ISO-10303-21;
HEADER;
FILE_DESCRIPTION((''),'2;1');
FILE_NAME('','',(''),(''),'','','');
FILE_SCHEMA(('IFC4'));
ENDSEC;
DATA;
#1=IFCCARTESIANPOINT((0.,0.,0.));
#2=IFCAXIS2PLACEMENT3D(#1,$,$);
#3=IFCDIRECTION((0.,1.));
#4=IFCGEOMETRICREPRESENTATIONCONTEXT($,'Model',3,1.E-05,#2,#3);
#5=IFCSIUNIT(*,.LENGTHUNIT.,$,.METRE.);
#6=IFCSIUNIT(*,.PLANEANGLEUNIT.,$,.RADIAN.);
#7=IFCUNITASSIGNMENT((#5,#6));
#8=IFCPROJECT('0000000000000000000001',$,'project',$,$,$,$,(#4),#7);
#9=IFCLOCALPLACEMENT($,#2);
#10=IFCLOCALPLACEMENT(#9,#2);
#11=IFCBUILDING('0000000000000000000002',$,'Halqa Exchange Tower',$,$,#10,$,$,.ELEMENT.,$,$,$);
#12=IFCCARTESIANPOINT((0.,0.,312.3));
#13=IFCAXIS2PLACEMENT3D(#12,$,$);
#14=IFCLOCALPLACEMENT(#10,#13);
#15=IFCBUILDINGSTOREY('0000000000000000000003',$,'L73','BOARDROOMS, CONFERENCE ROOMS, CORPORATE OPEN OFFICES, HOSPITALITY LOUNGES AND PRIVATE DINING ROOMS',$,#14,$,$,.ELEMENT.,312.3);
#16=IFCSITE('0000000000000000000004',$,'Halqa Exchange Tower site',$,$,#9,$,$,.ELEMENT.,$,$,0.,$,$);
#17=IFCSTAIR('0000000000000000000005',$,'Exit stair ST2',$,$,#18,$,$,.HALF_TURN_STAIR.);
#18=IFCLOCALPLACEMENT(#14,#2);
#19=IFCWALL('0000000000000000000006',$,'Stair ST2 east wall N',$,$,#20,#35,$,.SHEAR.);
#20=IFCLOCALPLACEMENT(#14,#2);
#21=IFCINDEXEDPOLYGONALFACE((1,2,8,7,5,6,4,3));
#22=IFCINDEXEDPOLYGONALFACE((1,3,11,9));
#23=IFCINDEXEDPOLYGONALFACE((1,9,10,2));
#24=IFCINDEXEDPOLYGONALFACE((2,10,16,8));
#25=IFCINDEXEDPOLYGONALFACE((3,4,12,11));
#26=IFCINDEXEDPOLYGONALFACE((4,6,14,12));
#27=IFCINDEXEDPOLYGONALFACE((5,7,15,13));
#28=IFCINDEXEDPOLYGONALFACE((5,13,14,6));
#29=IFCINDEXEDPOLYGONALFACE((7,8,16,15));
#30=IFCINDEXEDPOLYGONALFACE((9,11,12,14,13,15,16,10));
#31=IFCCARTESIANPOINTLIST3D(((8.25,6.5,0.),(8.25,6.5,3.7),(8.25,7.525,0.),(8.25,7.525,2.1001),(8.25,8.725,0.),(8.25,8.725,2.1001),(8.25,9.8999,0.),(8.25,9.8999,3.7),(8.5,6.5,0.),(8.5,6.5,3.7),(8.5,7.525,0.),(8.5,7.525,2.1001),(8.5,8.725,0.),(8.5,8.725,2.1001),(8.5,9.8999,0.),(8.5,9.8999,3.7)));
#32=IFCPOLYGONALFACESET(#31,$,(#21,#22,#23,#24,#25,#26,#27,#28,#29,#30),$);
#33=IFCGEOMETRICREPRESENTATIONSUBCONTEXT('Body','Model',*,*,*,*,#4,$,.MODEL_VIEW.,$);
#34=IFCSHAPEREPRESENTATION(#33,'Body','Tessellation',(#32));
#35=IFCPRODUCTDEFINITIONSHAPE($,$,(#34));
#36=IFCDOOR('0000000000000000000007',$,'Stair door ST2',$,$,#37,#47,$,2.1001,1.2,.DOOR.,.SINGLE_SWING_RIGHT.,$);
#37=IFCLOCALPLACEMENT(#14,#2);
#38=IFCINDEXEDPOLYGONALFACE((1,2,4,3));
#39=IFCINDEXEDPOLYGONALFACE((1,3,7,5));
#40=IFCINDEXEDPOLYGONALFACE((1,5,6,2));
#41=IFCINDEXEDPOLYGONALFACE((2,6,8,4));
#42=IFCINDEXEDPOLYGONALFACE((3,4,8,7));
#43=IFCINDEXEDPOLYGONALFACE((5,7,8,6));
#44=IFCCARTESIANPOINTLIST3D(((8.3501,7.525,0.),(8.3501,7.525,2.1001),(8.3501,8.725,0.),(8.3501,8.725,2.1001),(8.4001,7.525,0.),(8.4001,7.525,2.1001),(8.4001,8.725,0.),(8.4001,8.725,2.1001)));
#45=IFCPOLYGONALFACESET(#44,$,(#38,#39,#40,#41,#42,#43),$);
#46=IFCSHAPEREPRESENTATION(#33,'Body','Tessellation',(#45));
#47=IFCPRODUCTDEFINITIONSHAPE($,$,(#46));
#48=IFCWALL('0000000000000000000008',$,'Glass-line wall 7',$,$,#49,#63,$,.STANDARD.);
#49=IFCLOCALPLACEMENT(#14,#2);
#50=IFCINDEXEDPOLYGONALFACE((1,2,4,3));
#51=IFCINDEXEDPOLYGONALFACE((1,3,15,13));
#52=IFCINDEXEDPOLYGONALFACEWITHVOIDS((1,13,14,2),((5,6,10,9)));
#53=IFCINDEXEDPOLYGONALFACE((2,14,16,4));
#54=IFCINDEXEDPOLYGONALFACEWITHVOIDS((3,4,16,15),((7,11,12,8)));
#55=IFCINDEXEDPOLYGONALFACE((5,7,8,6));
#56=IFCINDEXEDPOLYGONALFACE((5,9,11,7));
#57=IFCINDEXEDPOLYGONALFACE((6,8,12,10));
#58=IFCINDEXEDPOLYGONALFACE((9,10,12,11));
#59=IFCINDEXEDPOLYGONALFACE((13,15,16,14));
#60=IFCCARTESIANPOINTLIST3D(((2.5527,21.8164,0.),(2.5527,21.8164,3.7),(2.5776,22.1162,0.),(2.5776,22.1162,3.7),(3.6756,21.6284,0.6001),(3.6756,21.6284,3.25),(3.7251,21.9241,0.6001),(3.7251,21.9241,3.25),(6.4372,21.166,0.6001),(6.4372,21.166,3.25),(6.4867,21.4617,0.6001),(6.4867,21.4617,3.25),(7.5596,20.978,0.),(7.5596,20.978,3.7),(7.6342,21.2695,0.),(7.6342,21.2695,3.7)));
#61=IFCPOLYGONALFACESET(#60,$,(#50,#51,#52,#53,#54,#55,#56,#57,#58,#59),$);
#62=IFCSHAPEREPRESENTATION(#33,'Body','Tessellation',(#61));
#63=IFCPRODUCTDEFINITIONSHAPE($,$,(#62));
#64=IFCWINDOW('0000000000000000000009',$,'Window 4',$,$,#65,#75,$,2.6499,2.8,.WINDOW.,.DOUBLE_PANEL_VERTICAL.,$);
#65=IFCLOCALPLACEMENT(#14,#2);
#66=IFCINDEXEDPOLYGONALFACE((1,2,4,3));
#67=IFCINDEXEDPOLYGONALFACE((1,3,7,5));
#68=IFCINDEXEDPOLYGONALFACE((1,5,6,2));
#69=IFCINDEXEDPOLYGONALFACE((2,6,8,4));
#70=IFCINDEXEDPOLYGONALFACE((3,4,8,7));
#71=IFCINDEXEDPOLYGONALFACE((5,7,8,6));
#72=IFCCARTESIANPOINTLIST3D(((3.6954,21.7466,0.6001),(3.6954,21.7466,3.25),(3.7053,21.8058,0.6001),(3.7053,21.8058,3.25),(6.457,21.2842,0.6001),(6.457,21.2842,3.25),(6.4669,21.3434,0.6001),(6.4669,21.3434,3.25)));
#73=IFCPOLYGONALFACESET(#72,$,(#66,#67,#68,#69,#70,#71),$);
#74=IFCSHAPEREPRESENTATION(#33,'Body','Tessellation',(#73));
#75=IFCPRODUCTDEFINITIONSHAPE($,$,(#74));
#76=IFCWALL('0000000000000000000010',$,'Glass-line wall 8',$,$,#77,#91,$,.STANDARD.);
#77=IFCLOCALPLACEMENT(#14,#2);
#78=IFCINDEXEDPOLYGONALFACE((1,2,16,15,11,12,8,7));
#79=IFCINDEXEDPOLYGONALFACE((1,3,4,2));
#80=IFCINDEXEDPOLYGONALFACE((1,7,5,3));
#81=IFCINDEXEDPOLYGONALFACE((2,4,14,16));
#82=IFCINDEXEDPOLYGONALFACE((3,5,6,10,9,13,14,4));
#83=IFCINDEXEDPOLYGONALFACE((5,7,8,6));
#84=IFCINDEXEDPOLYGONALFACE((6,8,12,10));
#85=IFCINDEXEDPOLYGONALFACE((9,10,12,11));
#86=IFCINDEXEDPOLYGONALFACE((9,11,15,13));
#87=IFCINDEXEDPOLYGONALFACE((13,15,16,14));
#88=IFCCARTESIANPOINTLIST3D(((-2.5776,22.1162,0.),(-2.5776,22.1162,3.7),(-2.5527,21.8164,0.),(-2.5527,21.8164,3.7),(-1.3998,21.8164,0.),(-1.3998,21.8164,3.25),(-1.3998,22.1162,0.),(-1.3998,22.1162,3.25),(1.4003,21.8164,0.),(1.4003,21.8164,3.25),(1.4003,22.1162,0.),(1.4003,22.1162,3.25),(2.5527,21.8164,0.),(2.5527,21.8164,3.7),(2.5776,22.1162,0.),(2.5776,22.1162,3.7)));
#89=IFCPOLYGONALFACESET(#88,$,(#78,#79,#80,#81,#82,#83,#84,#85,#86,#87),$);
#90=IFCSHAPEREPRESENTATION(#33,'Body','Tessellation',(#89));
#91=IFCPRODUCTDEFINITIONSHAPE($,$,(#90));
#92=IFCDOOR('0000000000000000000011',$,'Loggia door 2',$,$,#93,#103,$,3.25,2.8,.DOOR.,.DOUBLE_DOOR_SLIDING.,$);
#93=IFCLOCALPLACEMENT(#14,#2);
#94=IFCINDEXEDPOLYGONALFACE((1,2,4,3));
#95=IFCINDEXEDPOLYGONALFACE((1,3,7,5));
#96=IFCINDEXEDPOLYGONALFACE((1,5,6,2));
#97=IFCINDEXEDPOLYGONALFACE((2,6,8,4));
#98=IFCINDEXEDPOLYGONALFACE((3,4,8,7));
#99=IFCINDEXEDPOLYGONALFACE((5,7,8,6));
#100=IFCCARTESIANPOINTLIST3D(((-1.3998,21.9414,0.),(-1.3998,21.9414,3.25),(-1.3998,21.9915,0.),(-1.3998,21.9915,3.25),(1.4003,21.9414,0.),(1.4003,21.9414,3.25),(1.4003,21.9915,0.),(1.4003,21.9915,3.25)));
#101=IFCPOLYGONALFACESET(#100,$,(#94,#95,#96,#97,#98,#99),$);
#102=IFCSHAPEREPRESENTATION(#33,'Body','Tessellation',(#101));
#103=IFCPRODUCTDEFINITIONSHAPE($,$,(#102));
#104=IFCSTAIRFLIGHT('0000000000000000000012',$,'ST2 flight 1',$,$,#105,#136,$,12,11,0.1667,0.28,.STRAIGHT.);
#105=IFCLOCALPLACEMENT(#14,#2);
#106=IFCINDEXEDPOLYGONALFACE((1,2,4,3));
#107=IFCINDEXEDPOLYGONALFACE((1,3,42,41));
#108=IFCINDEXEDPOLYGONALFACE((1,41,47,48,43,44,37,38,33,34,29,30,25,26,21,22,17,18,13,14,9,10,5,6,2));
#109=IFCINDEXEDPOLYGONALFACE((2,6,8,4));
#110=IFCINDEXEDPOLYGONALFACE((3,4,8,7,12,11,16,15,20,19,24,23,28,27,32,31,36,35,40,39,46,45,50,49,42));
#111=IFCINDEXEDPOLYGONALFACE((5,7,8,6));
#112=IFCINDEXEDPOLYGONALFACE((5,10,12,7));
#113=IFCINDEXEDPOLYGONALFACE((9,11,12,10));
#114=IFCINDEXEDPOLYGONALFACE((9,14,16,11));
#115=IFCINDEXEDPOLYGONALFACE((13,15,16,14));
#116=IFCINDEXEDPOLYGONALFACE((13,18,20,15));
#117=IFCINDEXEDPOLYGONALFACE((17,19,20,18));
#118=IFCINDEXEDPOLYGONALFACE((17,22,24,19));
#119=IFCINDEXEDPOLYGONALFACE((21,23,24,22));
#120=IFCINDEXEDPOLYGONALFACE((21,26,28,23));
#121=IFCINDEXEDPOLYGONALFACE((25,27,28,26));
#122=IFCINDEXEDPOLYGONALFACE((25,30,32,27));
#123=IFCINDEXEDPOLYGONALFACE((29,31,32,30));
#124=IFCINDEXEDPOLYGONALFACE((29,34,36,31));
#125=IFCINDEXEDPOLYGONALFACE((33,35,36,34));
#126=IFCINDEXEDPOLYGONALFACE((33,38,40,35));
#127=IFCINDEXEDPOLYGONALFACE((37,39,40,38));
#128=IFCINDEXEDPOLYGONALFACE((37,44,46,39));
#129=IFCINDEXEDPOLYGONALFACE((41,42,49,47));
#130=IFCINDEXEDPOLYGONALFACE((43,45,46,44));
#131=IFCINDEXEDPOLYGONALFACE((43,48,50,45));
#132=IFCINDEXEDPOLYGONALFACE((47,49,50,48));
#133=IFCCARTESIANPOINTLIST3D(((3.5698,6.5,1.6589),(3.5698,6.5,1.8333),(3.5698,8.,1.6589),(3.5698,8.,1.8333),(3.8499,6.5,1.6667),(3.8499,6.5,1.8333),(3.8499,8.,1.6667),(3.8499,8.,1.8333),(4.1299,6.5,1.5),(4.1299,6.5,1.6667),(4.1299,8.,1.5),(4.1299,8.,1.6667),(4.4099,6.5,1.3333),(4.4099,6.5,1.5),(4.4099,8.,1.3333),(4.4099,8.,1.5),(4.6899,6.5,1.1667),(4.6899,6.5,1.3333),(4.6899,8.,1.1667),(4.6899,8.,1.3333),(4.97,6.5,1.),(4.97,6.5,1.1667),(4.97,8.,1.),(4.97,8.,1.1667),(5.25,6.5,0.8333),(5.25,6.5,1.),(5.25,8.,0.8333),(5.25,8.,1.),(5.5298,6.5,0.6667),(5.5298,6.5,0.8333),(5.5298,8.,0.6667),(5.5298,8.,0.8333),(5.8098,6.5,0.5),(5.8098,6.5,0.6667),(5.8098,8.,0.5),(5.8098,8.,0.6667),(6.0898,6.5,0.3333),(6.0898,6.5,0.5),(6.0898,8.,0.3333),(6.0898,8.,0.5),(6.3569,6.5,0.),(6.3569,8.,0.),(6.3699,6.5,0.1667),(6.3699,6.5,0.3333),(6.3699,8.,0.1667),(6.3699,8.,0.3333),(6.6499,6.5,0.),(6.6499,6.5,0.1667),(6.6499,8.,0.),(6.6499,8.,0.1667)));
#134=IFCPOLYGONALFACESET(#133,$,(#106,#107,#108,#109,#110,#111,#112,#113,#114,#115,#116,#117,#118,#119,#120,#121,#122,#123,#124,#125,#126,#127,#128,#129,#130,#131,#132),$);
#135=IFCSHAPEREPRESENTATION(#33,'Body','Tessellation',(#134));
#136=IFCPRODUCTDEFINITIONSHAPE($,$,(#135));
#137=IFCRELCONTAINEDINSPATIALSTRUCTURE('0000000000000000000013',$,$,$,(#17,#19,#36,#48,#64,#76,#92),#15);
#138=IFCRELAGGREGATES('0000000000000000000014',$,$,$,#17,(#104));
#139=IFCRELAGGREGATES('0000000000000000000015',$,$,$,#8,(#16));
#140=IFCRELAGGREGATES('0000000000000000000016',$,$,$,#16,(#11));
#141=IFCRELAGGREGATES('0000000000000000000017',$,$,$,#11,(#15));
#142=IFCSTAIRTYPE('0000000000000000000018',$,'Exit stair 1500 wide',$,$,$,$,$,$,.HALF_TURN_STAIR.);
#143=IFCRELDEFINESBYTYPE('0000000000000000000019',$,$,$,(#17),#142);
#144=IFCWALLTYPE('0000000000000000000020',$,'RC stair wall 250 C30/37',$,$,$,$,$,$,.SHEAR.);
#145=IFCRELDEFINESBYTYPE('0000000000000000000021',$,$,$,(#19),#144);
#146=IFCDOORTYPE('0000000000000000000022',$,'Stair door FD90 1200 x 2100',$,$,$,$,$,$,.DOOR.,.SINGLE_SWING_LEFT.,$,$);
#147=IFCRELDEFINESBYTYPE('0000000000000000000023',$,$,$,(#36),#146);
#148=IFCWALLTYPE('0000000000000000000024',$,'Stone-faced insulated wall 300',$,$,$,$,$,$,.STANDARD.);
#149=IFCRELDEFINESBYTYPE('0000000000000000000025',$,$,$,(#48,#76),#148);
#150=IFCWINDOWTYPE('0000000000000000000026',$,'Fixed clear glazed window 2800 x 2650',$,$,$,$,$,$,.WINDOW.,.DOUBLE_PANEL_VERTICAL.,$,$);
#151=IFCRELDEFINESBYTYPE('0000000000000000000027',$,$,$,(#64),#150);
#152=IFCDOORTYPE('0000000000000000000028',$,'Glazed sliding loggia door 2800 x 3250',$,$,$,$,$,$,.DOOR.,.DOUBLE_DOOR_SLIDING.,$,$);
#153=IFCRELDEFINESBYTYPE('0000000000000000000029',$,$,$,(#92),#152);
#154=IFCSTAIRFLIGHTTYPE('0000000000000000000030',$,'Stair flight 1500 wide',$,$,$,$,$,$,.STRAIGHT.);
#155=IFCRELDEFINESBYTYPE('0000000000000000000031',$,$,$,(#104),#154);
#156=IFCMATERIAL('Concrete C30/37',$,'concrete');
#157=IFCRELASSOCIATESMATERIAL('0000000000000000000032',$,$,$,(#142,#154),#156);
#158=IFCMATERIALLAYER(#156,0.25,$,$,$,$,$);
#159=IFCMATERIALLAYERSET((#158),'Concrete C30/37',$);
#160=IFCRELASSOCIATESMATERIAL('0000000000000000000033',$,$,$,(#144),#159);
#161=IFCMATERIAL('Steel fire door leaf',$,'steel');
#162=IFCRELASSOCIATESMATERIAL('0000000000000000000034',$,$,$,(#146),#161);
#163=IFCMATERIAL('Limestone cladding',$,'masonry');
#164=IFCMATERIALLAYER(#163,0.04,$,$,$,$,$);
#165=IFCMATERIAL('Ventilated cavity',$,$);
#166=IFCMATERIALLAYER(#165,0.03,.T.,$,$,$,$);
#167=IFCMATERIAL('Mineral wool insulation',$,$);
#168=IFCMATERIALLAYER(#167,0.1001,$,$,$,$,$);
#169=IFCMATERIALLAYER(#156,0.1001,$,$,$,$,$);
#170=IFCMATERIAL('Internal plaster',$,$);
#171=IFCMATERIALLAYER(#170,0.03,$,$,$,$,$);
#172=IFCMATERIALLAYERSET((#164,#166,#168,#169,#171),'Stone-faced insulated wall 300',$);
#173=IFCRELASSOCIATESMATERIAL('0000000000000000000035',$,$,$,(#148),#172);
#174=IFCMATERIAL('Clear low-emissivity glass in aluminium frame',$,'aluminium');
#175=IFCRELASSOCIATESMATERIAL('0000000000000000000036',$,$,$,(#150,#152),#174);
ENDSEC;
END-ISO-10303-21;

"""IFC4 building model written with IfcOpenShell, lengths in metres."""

from ifc_helpers import new_model, si_unit, direction, frame, frame_2d, origin, place, context, subcontext, project, spatial, polyline, rectangle, outline, extrude, material, layer, layer_set, type_object, element, fill, aggregate, save


model = new_model("IFC4")

# Units and contexts
model_context = context("Model", 3, precision=1e-05, world=origin(), true_north=direction((0.0, 1.0)))
body_context = subcontext(model_context, "Body", "Model", "MODEL_VIEW")
ifc_project = project(units=[si_unit("LENGTHUNIT", "METRE"), si_unit("PLANEANGLEUNIT", "RADIAN")], contexts=[model_context])

# Site, building, storey
site_placement = place(None, origin())
site = spatial("IfcSite", under=ifc_project, at=site_placement, Name="Halqa Exchange Tower site", CompositionType="ELEMENT", RefElevation=0.0)
building_placement = place(site_placement, origin())
building = spatial("IfcBuilding", under=site, at=building_placement, Name="Halqa Exchange Tower", CompositionType="ELEMENT")
storey_placement = place(building_placement, frame((0.0, 0.0, 312.3)))
storey = spatial("IfcBuildingStorey", under=building, at=storey_placement, Name="L73", Description="BOARDROOMS, CONFERENCE ROOMS, CORPORATE OPEN OFFICES, HOSPITALITY LOUNGES AND PRIVATE DINING ROOMS", CompositionType="ELEMENT", Elevation=312.3)

# Stair
ifc_material_1 = material(Name="Concrete C30/37", Category="concrete")
stair_type = type_object("IfcStairType", Name="Exit stair 1500 wide", PredefinedType="HALF_TURN_STAIR", material=ifc_material_1)
stair_1_placement = place(storey_placement, origin())
stair_1 = element("IfcStair", 1, at=stair_1_placement, inside=storey, type_object=stair_type, Name="Exit stair ST2", PredefinedType="HALF_TURN_STAIR")

# Shared definitions
ifc_layer_1 = layer(ifc_material_1, 0.25)
ifc_layer_set_1 = layer_set([ifc_layer_1], Name="Concrete C30/37")
wall_type_1 = type_object("IfcWallType", Name="RC stair wall 250 C30/37", PredefinedType="SHEAR", material=ifc_layer_set_1)

# Wall, opening, door
wall_1_placement = place(storey_placement, frame((8.375, 6.5, 0.0), z_axis=(0.0, 0.0, 1.0), x_axis=(0.0, 1.0, 0.0)))
wall_1 = element("IfcWall", 2, at=wall_1_placement, inside=storey, type_object=wall_type_1, Name="Stair ST2 east wall N", PredefinedType="SHEAR", context=body_context, shape_type="SweptSolid", body=[
    extrude(rectangle(XDim=3.3999, YDim=0.25, at=frame_2d((1.7, 0.0))), origin(), (0.0, 0.0, 1.0), 3.7),
])
opening_1_placement = place(wall_1_placement, frame((1.0249, 0.0, 0.0)))
opening_1 = element("IfcOpeningElement", 3, at=opening_1_placement, cuts=wall_1, PredefinedType="OPENING", context=body_context, shape_type="SweptSolid", body=[
    extrude(rectangle(XDim=1.2, YDim=2.1001, at=frame_2d((0.6001, 1.05))), frame((0.0, 0.137, 0.0), z_axis=(0.0, -1.0, 0.0), x_axis=(1.0, 0.0, 0.0)), (0.0, 0.0, 1.0), 0.2739),
])
ifc_material_2 = material(Name="Steel fire door leaf", Category="steel")
door_type_1 = type_object("IfcDoorType", Name="Stair door FD90 1200 x 2100", OperationType="SINGLE_SWING_LEFT", PredefinedType="DOOR", material=ifc_material_2)
door_1_placement = place(opening_1_placement, origin())
door_1 = element("IfcDoor", 4, at=door_1_placement, inside=storey, type_object=door_type_1, Name="Stair door ST2", OperationType="SINGLE_SWING_RIGHT", OverallHeight=2.1001, OverallWidth=1.2, PredefinedType="DOOR", context=body_context, shape_type="SweptSolid", body=[
    extrude(rectangle(XDim=1.2, YDim=2.1001, at=frame_2d((0.6001, 1.05))), frame((0.0, 0.0249, 0.0), z_axis=(0.0, -1.0, 0.0), x_axis=(1.0, 0.0, 0.0)), (0.0, 0.0, 1.0), 0.05),
])
fill(opening_1, door_1)

# Wall, opening, window
ifc_material_3 = material(Name="Limestone cladding", Category="masonry")
ifc_layer_2 = layer(ifc_material_3, 0.04)
ifc_material_4 = material(Name="Ventilated cavity")
ifc_layer_3 = layer(ifc_material_4, 0.03, ventilated=True)
ifc_material_5 = material(Name="Mineral wool insulation")
ifc_layer_4 = layer(ifc_material_5, 0.1001)
ifc_layer_5 = layer(ifc_material_1, 0.1001)
ifc_material_6 = material(Name="Internal plaster")
ifc_layer_6 = layer(ifc_material_6, 0.03)
ifc_layer_set_2 = layer_set([ifc_layer_2, ifc_layer_3, ifc_layer_4, ifc_layer_5, ifc_layer_6], Name="Stone-faced insulated wall 300")
wall_type_2 = type_object("IfcWallType", Name="Stone-faced insulated wall 300", PredefinedType="STANDARD", material=ifc_layer_set_2)
wall_2_placement = place(storey_placement, frame((7.5969, 21.1238, 0.0), z_axis=(0.0, 0.0, 1.0), x_axis=(-0.986269, 0.165144, 0.0)))
wall_2 = element("IfcWall", 5, at=wall_2_placement, inside=storey, type_object=wall_type_2, Name="Glass-line wall 7", PredefinedType="STANDARD", context=body_context, shape_type="SweptSolid", body=[
    extrude(outline(polyline([(-0.0127, -0.1499), (5.1143, -0.1499), (5.0894, 0.1499), (0.0127, 0.1499), (-0.0127, -0.1499)])), origin(), (0.0, 0.0, 1.0), 3.7),
])
opening_2_placement = place(wall_2_placement, frame((1.1509, 0.0, 0.6001)))
opening_2 = element("IfcOpeningElement", 6, at=opening_2_placement, cuts=wall_2, PredefinedType="OPENING", context=body_context, shape_type="SweptSolid", body=[
    extrude(rectangle(XDim=2.8, YDim=2.6499, at=frame_2d((1.3999, 1.325))), frame((0.0, 0.1621, 0.0), z_axis=(0.0, -1.0, 0.0), x_axis=(1.0, 0.0, 0.0)), (0.0, 0.0, 1.0), 0.324),
])
ifc_material_7 = material(Name="Clear low-emissivity glass in aluminium frame", Category="aluminium")
window_type = type_object("IfcWindowType", Name="Fixed clear glazed window 2800 x 2650", PartitioningType="DOUBLE_PANEL_VERTICAL", PredefinedType="WINDOW", material=ifc_material_7)
window_placement = place(opening_2_placement, origin())
window = element("IfcWindow", 7, at=window_placement, inside=storey, type_object=window_type, Name="Window 4", OverallHeight=2.6499, OverallWidth=2.8, PartitioningType="DOUBLE_PANEL_VERTICAL", PredefinedType="WINDOW", context=body_context, shape_type="SweptSolid", body=[
    extrude(rectangle(XDim=2.8, YDim=2.6499, at=frame_2d((1.3999, 1.325))), frame((0.0, 0.03, 0.0), z_axis=(0.0, -1.0, 0.0), x_axis=(1.0, 0.0, 0.0)), (0.0, 0.0, 1.0), 0.0601),
])
fill(opening_2, window)

# Wall, opening, door
wall_3_placement = place(storey_placement, frame((2.5652, 21.9663, 0.0), z_axis=(0.0, 0.0, 1.0), x_axis=(-1.0, 0.0, 0.0)))
wall_3 = element("IfcWall", 8, at=wall_3_placement, inside=storey, type_object=wall_type_2, Name="Glass-line wall 8", PredefinedType="STANDARD", context=body_context, shape_type="SweptSolid", body=[
    extrude(outline(polyline([(-0.0125, -0.1499), (5.1428, -0.1499), (5.1179, 0.1499), (0.0125, 0.1499), (-0.0125, -0.1499)])), origin(), (0.0, 0.0, 1.0), 3.7),
])
opening_3_placement = place(wall_3_placement, frame((1.165, 0.0, 0.0)))
opening_3 = element("IfcOpeningElement", 9, at=opening_3_placement, cuts=wall_3, PredefinedType="OPENING", context=body_context, shape_type="SweptSolid", body=[
    extrude(rectangle(XDim=2.8, YDim=3.25, at=frame_2d((1.3999, 1.625))), frame((0.0, 0.1621, 0.0), z_axis=(0.0, -1.0, 0.0), x_axis=(1.0, 0.0, 0.0)), (0.0, 0.0, 1.0), 0.324),
])
door_type_2 = type_object("IfcDoorType", Name="Glazed sliding loggia door 2800 x 3250", OperationType="DOUBLE_DOOR_SLIDING", PredefinedType="DOOR", material=ifc_material_7)
door_2_placement = place(opening_3_placement, origin())
door_2 = element("IfcDoor", 10, at=door_2_placement, inside=storey, type_object=door_type_2, Name="Loggia door 2", OperationType="DOUBLE_DOOR_SLIDING", OverallHeight=3.25, OverallWidth=2.8, PredefinedType="DOOR", context=body_context, shape_type="SweptSolid", body=[
    extrude(rectangle(XDim=2.8, YDim=3.25, at=frame_2d((1.3999, 1.625))), frame((0.0, 0.0249, 0.0), z_axis=(0.0, -1.0, 0.0), x_axis=(1.0, 0.0, 0.0)), (0.0, 0.0, 1.0), 0.05),
])
fill(opening_3, door_2)

# Stair flight
stair_flight_type = type_object("IfcStairFlightType", Name="Stair flight 1500 wide", PredefinedType="STRAIGHT", material=ifc_material_1)
stair_flight_1_placement = place(storey_placement, frame((6.6499, 7.25, 0.0), z_axis=(0.0, 0.0, 1.0), x_axis=(-1.0, 0.0, 0.0)))
stair_flight_1 = element("IfcStairFlight", 11, at=stair_flight_1_placement, type_object=stair_flight_type, Name="ST2 flight 1", NumberOfRisers=12, NumberOfTreads=11, PredefinedType="STRAIGHT", RiserHeight=0.1667, TreadLength=0.28, context=body_context, shape_type="SweptSolid", body=[
    extrude(outline(polyline([(0.0, 0.0), (0.0, 0.1667), (0.28, 0.1667), (0.28, 0.3333), (0.5601, 0.3333), (0.5601, 0.5), (0.8401, 0.5), (0.8401, 0.6667), (1.1201, 0.6667), (1.1201, 0.8333), (1.3999, 0.8333), (1.3999, 1.0), (1.6799, 1.0), (1.6799, 1.1667), (1.96, 1.1667), (1.96, 1.3333), (2.24, 1.3333), (2.24, 1.5), (2.52, 1.5), (2.52, 1.6667), (2.8, 1.6667), (2.8, 1.8333), (3.0801, 1.8333), (3.0801, 2.0), (3.0801, 1.6589), (0.293, 0.0), (0.0, 0.0)])), frame((0.0, 0.75, 0.0), z_axis=(0.0, -1.0, 0.0), x_axis=(1.0, 0.0, 0.0)), (0.0, 0.0, 1.0), 1.5),
])
aggregate(stair_1, [stair_flight_1])

save(model, "model.ifc")
